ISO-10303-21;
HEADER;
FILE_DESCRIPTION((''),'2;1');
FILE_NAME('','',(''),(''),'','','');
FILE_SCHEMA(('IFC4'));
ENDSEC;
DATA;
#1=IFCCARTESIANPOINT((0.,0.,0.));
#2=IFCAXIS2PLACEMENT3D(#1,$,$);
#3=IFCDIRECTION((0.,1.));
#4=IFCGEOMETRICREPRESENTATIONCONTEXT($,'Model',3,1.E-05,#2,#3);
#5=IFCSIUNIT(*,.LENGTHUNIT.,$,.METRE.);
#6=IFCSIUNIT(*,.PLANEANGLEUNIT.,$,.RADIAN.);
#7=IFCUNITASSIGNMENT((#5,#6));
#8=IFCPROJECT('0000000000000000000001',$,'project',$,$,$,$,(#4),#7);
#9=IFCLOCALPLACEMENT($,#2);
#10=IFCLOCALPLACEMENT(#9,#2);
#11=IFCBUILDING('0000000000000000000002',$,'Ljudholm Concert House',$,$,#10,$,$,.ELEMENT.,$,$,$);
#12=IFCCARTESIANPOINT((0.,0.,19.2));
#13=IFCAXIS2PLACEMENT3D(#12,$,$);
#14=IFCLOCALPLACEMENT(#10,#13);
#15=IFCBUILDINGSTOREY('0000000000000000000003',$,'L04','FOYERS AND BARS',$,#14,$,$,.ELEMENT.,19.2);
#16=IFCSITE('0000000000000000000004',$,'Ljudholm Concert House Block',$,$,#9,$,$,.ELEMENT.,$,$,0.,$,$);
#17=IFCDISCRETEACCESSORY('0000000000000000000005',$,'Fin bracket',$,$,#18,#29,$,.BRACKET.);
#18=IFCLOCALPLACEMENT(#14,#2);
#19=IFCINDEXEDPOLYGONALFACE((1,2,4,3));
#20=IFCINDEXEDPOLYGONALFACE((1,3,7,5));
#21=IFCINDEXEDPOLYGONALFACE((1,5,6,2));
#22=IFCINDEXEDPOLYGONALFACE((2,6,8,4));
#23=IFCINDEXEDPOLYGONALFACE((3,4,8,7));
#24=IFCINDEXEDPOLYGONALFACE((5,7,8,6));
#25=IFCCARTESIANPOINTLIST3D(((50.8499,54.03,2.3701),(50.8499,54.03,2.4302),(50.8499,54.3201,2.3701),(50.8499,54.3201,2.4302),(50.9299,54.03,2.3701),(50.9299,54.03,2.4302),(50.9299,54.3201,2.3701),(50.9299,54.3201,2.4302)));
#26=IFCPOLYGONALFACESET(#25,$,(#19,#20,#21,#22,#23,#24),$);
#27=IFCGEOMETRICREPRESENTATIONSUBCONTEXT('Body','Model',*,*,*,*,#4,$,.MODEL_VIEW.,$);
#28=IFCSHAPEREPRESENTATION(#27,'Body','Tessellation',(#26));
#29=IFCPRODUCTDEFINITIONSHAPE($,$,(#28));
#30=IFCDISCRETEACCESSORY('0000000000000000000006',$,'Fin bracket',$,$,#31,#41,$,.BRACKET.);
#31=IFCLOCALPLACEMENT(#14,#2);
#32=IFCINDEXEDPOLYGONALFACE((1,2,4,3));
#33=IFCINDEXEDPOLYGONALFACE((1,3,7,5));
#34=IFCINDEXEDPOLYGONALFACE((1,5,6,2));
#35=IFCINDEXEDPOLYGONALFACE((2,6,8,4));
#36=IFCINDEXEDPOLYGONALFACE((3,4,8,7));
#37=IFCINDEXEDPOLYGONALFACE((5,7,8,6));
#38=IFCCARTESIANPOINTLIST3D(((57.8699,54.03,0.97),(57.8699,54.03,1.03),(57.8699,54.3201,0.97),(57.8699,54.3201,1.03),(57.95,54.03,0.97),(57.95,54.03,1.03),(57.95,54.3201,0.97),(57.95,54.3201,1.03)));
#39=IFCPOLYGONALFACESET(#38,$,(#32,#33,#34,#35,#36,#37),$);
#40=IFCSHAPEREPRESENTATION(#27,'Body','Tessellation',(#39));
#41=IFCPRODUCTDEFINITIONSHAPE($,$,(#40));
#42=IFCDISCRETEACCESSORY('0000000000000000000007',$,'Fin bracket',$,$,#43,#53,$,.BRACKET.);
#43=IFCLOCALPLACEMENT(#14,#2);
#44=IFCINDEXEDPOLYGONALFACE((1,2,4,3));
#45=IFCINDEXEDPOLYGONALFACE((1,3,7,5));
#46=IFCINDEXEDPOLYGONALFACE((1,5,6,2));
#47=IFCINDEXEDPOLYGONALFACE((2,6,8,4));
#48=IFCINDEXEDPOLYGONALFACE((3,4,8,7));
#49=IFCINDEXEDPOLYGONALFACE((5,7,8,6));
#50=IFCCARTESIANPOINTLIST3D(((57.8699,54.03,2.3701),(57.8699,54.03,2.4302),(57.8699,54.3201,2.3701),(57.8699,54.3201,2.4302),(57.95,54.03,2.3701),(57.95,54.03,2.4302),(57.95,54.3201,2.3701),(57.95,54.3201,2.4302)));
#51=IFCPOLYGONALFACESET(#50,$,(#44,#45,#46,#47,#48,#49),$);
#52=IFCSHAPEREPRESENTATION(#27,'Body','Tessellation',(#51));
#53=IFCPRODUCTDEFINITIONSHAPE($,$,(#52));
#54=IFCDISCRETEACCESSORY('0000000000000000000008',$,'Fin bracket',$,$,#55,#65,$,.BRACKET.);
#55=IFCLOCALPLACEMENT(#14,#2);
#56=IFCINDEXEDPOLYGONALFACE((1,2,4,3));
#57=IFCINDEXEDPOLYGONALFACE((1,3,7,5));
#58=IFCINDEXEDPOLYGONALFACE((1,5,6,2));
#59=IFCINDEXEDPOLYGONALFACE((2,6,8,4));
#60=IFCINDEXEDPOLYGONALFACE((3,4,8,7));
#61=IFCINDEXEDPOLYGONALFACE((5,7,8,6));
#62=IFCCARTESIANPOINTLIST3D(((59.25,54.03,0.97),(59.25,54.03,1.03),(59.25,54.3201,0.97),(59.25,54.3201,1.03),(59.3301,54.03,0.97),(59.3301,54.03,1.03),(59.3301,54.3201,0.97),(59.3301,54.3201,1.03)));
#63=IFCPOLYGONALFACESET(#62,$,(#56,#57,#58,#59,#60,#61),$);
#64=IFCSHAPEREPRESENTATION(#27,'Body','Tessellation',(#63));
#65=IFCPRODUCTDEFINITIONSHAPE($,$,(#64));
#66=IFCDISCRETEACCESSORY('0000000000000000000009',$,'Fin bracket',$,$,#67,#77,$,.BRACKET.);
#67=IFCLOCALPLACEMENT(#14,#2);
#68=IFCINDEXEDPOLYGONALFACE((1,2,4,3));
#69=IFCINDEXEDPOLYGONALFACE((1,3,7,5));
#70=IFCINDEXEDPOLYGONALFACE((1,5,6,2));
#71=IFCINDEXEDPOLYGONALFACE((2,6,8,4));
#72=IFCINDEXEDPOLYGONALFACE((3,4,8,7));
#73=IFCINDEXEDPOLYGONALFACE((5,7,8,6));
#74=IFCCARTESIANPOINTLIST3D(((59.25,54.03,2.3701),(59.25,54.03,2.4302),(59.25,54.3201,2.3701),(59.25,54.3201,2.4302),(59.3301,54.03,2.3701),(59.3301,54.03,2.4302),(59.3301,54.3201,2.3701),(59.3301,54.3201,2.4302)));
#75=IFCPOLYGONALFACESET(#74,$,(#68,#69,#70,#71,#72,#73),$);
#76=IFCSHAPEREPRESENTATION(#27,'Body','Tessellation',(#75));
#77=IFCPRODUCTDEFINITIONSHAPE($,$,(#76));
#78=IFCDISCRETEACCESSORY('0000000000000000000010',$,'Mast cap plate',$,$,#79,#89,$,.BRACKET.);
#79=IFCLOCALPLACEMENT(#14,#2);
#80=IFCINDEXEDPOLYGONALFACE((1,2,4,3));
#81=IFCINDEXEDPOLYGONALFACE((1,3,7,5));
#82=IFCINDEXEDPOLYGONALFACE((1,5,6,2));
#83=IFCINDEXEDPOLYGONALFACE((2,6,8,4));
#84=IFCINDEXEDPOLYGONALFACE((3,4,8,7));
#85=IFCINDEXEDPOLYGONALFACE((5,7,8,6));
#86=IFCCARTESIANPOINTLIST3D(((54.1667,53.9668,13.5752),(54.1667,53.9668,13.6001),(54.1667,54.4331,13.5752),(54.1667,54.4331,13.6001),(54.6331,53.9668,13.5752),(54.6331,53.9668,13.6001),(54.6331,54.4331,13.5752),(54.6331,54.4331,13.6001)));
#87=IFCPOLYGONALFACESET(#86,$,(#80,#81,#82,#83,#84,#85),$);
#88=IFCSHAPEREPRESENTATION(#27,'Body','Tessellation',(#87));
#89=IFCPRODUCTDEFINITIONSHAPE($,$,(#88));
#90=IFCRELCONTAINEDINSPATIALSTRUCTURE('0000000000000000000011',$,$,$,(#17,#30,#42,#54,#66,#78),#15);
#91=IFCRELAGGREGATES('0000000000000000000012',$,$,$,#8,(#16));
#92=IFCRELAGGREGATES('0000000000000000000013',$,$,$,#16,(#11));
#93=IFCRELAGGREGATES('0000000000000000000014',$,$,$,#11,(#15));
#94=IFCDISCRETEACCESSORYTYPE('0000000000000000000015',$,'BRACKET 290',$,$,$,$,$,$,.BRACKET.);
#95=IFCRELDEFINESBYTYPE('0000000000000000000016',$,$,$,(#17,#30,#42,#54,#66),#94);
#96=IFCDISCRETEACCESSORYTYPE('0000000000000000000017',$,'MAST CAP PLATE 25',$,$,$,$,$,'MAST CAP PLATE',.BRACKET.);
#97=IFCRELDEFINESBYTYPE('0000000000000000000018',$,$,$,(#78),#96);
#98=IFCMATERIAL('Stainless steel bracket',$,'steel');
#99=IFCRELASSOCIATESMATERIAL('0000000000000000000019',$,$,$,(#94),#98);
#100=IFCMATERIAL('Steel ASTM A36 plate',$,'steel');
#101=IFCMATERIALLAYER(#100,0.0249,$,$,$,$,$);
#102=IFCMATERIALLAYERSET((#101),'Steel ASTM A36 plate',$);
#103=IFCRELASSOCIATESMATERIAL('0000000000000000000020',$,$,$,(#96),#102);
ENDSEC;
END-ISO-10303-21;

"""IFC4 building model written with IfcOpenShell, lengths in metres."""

from ifc_helpers import new_model, si_unit, direction, frame, origin, origin_2d, place, context, subcontext, project, spatial, rectangle, extrude, material, layer, layer_set, type_object, element, save


model = new_model("IFC4")

# Units and contexts
model_context = context("Model", 3, precision=1e-05, world=origin(), true_north=direction((0.0, 1.0)))
body_context = subcontext(model_context, "Body", "Model", "MODEL_VIEW")
ifc_project = project(units=[si_unit("LENGTHUNIT", "METRE"), si_unit("PLANEANGLEUNIT", "RADIAN")], contexts=[model_context])

# Site, building, storey
site_placement = place(None, origin())
site = spatial("IfcSite", under=ifc_project, at=site_placement, Name="Ljudholm Concert House Block", CompositionType="ELEMENT", RefElevation=0.0)
building_placement = place(site_placement, origin())
building = spatial("IfcBuilding", under=site, at=building_placement, Name="Ljudholm Concert House", CompositionType="ELEMENT")
storey_placement = place(building_placement, frame((0.0, 0.0, 19.2)))
storey = spatial("IfcBuildingStorey", under=building, at=storey_placement, Name="L04", Description="FOYERS AND BARS", CompositionType="ELEMENT", Elevation=19.2)

# Discrete accessories
ifc_material_1 = material(Name="Stainless steel bracket", Category="steel")
discrete_accessory_type_1 = type_object("IfcDiscreteAccessoryType", Name="BRACKET 290", PredefinedType="BRACKET", material=ifc_material_1)
for number, where, z_axis, x_axis, name in (
    (1, (50.8899, 54.175, 2.3701), (0.0, 0.0, 1.0), (0.0, -1.0, 0.0), "Fin bracket"),
    (2, (57.9099, 54.175, 0.97), (0.0, 0.0, 1.0), (0.0, -1.0, 0.0), "Fin bracket"),
    (3, (57.9099, 54.175, 2.3701), (0.0, 0.0, 1.0), (0.0, -1.0, 0.0), "Fin bracket"),
    (4, (59.29, 54.175, 0.97), (0.0, 0.0, 1.0), (0.0, -1.0, 0.0), "Fin bracket"),
    (5, (59.29, 54.175, 2.3701), (0.0, 0.0, 1.0), (0.0, -1.0, 0.0), "Fin bracket"),
):
    element("IfcDiscreteAccessory", number, at=place(storey_placement, frame(where, z_axis=z_axis, x_axis=x_axis)), inside=storey, type_object=discrete_accessory_type_1, Name=name, PredefinedType="BRACKET", context=body_context, shape_type="SweptSolid", body=[
        extrude(rectangle(XDim=0.29, YDim=0.0801, at=origin_2d()), origin(), (0.0, 0.0, 1.0), 0.0601),
    ])
ifc_material_2 = material(Name="Steel ASTM A36 plate", Category="steel")
ifc_layer_1 = layer(ifc_material_2, 0.0249)
ifc_layer_set_1 = layer_set([ifc_layer_1], Name="Steel ASTM A36 plate")
discrete_accessory_type_2 = type_object("IfcDiscreteAccessoryType", Name="MAST CAP PLATE 25", ElementType="MAST CAP PLATE", PredefinedType="BRACKET", material=ifc_layer_set_1)
discrete_accessory_placement = place(storey_placement, frame((54.3999, 54.2, 13.5752), z_axis=(0.0, 0.0, 1.0), x_axis=(1.0, 0.0, 0.0)))
element("IfcDiscreteAccessory", 6, at=discrete_accessory_placement, inside=storey, type_object=discrete_accessory_type_2, Name="Mast cap plate", PredefinedType="BRACKET", context=body_context, shape_type="SweptSolid", body=[
    extrude(rectangle(XDim=0.4663, YDim=0.4663, at=origin_2d()), origin(), (0.0, 0.0, 1.0), 0.0249),
])

save(model, "model.ifc")
